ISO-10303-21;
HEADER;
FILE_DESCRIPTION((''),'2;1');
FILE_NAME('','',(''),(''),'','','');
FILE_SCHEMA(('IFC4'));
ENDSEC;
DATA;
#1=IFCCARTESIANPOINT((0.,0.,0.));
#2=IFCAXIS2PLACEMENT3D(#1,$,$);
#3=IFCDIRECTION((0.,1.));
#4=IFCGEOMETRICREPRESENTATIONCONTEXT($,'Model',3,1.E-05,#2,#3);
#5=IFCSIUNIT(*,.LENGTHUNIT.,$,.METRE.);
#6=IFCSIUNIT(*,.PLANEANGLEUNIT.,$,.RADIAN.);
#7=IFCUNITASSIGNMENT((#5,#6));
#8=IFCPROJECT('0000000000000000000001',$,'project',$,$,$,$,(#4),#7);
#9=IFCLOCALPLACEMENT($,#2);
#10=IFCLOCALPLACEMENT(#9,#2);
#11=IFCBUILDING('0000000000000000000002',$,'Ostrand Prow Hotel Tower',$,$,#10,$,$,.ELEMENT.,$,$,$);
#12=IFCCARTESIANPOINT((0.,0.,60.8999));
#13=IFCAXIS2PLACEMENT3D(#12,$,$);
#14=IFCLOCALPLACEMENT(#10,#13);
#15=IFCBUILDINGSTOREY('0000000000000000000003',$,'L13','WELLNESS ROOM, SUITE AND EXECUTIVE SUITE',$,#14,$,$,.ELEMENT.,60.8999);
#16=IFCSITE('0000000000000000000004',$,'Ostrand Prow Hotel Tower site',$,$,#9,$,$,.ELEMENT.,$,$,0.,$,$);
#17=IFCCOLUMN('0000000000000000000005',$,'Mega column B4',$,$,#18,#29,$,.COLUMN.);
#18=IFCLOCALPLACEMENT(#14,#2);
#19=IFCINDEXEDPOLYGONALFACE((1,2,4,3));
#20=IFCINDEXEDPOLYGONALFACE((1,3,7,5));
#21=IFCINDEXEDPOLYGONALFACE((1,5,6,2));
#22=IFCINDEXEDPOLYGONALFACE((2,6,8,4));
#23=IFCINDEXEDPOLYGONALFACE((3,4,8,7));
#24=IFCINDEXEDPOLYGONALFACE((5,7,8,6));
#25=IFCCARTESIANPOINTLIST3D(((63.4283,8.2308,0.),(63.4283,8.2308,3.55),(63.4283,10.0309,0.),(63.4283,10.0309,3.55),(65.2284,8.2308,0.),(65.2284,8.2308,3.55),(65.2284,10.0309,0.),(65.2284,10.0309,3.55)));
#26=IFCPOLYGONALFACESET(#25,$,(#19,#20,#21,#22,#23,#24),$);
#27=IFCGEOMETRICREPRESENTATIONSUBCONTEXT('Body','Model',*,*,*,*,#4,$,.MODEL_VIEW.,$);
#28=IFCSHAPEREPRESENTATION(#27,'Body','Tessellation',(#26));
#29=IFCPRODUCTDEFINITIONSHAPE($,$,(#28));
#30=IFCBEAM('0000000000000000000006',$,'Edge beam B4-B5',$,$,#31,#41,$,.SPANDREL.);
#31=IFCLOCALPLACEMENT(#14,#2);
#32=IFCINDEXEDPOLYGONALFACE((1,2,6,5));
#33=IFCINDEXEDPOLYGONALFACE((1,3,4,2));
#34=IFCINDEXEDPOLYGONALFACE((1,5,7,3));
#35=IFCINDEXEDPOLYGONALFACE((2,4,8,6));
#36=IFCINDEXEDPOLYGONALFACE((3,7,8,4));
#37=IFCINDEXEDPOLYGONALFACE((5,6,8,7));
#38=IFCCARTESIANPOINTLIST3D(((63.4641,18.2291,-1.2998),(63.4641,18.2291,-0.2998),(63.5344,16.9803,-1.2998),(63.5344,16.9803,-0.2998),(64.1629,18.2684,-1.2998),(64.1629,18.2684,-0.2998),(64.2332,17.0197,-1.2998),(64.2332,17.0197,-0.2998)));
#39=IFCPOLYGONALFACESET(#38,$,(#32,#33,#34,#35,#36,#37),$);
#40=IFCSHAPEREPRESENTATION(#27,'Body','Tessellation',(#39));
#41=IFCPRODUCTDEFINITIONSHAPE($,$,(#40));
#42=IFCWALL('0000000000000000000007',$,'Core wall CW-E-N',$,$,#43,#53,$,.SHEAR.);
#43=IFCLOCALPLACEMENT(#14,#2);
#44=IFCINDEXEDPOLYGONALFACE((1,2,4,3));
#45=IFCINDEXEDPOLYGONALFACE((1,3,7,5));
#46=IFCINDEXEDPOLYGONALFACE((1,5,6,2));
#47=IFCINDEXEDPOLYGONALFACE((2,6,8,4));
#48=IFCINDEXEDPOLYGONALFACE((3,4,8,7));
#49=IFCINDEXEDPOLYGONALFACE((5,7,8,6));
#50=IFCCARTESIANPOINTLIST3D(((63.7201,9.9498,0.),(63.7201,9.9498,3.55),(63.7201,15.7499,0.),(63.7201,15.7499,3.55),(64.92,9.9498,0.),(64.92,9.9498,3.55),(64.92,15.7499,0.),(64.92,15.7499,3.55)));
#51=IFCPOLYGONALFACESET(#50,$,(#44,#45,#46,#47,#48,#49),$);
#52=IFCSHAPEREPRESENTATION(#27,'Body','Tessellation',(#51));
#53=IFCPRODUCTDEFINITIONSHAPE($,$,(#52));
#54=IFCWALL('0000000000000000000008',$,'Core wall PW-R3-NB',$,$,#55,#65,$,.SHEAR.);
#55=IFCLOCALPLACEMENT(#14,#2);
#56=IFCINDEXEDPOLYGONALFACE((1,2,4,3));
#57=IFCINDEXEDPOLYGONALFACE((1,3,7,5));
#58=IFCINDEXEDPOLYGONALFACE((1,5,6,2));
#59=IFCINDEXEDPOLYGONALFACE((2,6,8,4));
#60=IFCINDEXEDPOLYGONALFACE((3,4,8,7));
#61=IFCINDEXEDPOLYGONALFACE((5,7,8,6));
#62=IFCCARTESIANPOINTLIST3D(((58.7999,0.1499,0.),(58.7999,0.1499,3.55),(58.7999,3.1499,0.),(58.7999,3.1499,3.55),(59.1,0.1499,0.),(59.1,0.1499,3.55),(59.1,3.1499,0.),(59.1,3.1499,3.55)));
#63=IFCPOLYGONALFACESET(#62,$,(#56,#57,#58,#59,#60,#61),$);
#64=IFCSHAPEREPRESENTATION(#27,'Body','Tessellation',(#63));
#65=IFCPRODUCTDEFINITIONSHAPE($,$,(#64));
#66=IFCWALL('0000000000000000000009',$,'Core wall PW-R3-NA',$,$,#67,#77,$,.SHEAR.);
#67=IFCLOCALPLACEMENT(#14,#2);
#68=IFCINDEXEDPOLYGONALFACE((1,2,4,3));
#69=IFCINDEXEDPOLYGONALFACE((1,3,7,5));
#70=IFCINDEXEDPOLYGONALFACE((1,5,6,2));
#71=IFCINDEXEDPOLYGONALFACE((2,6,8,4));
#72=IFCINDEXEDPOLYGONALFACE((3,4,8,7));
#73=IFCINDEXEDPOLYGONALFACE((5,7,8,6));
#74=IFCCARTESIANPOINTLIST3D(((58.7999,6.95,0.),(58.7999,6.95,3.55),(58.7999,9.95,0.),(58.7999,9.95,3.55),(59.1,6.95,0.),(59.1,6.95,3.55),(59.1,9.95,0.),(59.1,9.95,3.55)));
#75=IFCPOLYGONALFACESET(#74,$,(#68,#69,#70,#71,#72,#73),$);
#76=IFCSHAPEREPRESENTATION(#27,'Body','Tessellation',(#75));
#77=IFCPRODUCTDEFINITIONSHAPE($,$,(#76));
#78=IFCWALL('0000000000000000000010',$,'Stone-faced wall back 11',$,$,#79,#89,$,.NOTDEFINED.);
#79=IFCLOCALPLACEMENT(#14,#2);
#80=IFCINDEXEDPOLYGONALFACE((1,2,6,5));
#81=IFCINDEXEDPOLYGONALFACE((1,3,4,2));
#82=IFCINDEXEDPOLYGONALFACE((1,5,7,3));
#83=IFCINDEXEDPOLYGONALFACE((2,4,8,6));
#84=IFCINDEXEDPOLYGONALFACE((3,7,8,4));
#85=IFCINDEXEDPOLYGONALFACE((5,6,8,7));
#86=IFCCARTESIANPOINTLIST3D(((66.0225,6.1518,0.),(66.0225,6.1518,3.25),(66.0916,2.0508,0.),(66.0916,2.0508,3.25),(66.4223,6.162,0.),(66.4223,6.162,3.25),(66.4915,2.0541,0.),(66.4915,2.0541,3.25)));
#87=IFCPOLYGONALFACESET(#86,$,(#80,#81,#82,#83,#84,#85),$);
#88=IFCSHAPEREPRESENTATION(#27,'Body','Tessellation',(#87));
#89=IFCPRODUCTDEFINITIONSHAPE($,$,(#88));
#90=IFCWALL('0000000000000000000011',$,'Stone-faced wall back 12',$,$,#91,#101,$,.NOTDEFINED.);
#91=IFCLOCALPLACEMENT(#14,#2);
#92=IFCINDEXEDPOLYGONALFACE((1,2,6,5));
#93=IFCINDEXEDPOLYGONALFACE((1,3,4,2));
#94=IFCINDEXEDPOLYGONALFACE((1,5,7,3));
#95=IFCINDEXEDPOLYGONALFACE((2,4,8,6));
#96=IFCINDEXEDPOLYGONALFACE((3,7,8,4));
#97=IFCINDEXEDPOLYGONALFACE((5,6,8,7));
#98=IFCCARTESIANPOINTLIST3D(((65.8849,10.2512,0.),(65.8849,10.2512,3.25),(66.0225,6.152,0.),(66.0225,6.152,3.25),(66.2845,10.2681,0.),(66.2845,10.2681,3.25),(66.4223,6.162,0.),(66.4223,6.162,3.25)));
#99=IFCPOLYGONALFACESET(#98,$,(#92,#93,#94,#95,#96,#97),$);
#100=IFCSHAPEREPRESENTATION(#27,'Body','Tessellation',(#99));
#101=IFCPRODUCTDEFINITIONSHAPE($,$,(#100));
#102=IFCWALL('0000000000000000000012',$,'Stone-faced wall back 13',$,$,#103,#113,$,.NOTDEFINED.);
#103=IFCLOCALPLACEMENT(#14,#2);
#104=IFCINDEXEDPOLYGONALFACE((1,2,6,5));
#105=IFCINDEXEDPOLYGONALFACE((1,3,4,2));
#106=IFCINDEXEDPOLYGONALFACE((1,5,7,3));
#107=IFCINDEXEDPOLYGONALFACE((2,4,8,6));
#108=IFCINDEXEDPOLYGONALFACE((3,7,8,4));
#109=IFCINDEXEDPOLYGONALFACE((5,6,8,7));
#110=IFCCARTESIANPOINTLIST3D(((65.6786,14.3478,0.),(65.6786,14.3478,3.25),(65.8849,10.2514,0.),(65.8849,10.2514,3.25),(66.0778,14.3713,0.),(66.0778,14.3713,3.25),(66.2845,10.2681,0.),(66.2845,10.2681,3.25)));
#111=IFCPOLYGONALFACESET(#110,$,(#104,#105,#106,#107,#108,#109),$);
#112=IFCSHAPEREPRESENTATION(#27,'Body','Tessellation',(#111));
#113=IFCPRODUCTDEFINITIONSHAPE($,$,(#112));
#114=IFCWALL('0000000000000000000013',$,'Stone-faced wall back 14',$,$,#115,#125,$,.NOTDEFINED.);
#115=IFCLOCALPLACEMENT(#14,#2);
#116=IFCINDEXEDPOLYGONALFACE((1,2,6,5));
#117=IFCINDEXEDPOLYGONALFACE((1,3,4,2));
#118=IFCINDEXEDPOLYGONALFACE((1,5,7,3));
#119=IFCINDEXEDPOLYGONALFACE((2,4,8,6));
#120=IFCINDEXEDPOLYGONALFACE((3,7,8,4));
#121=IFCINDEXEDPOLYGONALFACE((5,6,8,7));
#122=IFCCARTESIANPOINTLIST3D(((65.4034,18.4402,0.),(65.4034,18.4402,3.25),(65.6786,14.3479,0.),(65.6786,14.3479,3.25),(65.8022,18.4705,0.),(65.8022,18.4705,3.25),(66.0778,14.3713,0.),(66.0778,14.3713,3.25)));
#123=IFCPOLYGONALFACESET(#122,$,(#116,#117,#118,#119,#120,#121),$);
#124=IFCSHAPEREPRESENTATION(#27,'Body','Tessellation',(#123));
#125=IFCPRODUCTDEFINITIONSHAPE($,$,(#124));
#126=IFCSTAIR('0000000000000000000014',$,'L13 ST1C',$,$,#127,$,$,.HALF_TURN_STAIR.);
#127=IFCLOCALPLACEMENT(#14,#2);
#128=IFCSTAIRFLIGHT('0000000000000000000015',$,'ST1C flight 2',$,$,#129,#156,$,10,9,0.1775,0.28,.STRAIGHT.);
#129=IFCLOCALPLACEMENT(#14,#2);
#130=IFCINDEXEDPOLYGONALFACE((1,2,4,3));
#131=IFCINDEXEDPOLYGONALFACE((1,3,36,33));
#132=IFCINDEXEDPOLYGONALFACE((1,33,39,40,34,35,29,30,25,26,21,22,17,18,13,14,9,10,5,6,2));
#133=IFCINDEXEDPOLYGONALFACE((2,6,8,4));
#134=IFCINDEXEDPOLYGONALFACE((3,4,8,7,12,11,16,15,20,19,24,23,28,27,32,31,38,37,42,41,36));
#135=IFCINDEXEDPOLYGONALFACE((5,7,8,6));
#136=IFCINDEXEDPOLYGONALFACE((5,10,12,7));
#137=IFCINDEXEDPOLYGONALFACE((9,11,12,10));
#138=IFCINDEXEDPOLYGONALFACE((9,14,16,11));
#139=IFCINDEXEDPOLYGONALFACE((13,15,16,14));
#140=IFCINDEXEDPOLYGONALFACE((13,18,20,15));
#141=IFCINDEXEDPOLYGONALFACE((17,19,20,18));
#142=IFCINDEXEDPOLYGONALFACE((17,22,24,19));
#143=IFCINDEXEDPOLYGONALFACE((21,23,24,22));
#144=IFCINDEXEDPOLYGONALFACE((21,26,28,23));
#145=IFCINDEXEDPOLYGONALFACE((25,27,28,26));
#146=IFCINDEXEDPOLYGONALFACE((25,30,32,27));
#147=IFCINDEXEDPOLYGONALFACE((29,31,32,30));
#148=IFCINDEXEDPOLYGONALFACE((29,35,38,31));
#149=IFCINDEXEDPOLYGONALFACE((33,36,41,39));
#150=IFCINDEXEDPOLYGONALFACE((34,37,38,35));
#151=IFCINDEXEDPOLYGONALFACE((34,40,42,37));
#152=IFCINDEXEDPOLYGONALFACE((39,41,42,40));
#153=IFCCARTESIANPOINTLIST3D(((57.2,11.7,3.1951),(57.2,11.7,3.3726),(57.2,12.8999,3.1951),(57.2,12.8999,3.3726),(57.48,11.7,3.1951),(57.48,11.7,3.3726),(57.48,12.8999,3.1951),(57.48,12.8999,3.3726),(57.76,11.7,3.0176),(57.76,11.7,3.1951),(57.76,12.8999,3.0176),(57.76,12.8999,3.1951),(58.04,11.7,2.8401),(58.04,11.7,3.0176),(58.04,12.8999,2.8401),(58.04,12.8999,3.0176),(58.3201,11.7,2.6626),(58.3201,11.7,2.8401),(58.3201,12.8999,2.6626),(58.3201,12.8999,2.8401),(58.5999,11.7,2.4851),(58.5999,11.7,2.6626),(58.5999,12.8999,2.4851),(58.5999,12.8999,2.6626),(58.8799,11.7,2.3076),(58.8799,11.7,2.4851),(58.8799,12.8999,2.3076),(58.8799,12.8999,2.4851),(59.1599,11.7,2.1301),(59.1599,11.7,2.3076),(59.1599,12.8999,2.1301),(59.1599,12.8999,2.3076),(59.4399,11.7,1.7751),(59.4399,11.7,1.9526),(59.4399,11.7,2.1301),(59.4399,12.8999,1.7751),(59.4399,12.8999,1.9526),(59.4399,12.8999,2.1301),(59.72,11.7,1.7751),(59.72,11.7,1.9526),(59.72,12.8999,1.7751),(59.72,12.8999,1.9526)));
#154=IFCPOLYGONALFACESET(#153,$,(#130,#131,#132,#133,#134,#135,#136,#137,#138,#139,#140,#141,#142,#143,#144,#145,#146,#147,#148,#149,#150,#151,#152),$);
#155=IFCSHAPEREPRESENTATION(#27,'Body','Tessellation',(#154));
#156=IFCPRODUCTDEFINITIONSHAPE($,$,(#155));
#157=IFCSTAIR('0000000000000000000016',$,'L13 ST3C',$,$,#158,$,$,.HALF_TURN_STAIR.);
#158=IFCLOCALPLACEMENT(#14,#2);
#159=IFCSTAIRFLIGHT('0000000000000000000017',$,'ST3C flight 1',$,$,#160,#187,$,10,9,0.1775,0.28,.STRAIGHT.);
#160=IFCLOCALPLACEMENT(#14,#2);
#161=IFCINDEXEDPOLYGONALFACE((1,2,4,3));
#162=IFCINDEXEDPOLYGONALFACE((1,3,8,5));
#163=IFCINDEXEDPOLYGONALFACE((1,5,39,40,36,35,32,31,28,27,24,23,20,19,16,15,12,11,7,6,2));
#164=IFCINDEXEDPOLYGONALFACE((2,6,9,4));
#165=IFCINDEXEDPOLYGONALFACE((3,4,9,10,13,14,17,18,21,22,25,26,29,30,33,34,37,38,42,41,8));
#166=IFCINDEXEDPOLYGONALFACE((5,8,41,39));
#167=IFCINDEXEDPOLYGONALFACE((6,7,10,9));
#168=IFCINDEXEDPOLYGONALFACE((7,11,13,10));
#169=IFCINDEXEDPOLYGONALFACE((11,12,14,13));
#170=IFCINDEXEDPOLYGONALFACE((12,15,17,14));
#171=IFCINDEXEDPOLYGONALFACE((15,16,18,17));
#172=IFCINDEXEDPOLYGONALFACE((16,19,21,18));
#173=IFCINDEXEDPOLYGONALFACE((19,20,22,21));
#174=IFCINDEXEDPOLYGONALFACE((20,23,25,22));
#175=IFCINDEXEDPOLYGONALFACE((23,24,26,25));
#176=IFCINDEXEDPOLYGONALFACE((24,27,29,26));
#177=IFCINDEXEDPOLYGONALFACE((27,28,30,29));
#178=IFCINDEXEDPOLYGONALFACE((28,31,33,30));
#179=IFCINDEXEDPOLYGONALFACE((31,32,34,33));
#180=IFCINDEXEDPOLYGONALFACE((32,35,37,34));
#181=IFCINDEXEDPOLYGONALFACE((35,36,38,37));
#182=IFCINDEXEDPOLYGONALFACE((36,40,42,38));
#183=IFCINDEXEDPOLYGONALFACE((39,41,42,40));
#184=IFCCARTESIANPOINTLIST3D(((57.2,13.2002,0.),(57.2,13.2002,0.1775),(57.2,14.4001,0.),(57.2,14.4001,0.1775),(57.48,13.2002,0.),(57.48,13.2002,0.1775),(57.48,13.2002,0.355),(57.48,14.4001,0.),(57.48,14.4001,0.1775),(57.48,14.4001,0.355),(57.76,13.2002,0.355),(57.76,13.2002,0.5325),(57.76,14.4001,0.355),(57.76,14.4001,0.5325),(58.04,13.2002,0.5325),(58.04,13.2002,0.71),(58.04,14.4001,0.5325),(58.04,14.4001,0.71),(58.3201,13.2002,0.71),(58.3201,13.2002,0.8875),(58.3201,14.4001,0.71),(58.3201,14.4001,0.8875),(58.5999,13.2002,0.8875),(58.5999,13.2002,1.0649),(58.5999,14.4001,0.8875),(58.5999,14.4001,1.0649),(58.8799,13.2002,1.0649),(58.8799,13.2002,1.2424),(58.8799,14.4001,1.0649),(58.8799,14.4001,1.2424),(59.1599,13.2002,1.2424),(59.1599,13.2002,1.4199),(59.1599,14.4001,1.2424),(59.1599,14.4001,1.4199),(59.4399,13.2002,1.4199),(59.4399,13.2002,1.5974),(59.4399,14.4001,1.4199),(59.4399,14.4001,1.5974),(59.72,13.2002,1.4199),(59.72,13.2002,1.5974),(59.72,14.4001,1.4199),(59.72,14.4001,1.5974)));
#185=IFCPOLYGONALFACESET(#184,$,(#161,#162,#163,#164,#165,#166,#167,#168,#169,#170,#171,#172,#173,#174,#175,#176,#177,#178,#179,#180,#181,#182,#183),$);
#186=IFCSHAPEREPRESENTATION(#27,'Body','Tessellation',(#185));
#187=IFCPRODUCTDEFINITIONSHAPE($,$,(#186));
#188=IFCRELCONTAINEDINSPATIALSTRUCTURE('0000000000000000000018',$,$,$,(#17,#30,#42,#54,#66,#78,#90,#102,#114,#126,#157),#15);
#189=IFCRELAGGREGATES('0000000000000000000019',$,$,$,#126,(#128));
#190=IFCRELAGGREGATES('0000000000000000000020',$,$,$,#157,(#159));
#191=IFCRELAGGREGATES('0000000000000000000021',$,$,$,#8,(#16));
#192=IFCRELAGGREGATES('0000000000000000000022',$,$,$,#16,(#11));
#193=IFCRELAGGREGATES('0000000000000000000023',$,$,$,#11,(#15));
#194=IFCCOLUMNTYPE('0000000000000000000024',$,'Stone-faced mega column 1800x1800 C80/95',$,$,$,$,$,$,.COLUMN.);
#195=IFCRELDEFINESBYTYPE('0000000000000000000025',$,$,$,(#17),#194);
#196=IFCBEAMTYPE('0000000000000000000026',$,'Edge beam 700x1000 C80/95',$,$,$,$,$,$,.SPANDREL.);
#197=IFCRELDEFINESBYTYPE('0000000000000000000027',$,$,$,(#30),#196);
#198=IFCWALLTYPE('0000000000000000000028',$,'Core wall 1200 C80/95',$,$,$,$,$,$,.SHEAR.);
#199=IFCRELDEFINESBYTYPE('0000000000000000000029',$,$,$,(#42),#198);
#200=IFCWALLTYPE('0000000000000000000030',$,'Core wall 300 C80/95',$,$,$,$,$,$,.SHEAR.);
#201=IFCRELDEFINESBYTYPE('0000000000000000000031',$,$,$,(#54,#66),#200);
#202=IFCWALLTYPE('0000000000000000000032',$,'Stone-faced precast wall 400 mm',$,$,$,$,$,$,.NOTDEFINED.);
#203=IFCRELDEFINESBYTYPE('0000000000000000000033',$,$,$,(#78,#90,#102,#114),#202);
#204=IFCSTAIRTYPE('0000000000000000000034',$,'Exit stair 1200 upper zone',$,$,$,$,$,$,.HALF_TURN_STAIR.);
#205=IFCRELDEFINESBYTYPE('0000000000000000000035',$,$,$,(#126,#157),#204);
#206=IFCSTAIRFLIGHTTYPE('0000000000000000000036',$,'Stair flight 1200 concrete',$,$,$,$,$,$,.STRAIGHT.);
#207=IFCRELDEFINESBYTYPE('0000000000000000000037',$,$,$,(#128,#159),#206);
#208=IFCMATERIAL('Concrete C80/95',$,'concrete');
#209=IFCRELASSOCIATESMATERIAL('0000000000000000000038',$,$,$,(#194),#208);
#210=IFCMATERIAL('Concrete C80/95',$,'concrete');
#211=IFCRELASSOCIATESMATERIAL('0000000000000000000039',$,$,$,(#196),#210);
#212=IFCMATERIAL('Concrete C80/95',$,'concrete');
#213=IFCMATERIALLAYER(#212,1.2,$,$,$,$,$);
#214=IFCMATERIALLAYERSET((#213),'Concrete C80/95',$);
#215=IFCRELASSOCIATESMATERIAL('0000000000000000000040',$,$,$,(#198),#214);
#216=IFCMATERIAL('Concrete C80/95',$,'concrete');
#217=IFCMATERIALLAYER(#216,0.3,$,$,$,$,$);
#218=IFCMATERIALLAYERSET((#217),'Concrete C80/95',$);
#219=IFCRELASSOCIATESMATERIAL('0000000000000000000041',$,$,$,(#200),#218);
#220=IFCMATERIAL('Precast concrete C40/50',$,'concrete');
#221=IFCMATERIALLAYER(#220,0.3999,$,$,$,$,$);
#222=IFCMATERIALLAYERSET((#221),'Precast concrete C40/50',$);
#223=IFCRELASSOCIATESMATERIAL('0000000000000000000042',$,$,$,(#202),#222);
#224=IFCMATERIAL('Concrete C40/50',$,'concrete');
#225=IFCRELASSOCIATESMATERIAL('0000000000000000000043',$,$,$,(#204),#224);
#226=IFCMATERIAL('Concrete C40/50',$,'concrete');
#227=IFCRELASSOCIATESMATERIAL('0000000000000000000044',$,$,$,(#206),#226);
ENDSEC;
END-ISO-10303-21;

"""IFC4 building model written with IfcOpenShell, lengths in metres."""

from ifc_helpers import new_model, si_unit, direction, frame, frame_2d, origin, origin_2d, place, context, subcontext, project, spatial, polyline, rectangle, outline, extrude, material, layer, layer_set, material_profile, profile_set, type_object, element, aggregate, save


model = new_model("IFC4")

# Units and contexts
model_context = context("Model", 3, precision=1e-05, world=origin(), true_north=direction((0.0, 1.0)))
body_context = subcontext(model_context, "Body", "Model", "MODEL_VIEW")
ifc_project = project(units=[si_unit("LENGTHUNIT", "METRE"), si_unit("PLANEANGLEUNIT", "RADIAN")], contexts=[model_context])

# Site, building, storey
site_placement = place(None, origin())
site = spatial("IfcSite", under=ifc_project, at=site_placement, Name="Ostrand Prow Hotel Tower site", CompositionType="ELEMENT", RefElevation=0.0)
building_placement = place(site_placement, origin())
building = spatial("IfcBuilding", under=site, at=building_placement, Name="Ostrand Prow Hotel Tower", CompositionType="ELEMENT")
storey_placement = place(building_placement, frame((0.0, 0.0, 60.8999)))
storey = spatial("IfcBuildingStorey", under=building, at=storey_placement, Name="L13", Description="WELLNESS ROOM, SUITE AND EXECUTIVE SUITE", CompositionType="ELEMENT", Elevation=60.8999)

# Column
ifc_material_1 = material(Name="Concrete C80/95", Category="concrete")
ifc_material_profile_1 = material_profile(ifc_material_1, rectangle(XDim=1.8, YDim=1.8, at=origin_2d()), Name="RC 1800x1800")
ifc_profile_set_1 = profile_set([ifc_material_profile_1], Name="Concrete C80/95")
column_type = type_object("IfcColumnType", Name="Stone-faced mega column 1800x1800 C80/95", PredefinedType="COLUMN", material=ifc_profile_set_1)
column_placement = place(storey_placement, frame((64.3284, 9.1309, 0.0), z_axis=(0.0, 0.0, 1.0), x_axis=(1.0, 0.0, 0.0)))
element("IfcColumn", 1, at=column_placement, inside=storey, type_object=column_type, Name="Mega column B4", PredefinedType="COLUMN", context=body_context, shape_type="SweptSolid", body=[
    extrude(rectangle(XDim=1.8, YDim=1.8, at=origin_2d()), origin(), (0.0, 0.0, 1.0), 3.55),
])

# Beam
ifc_material_2 = material(Name="Concrete C80/95", Category="concrete")
ifc_material_profile_2 = material_profile(ifc_material_2, rectangle(XDim=0.7, YDim=1.0, at=origin_2d()), Name="RC 700x1000")
ifc_profile_set_2 = profile_set([ifc_material_profile_2], Name="Concrete C80/95")
beam_type = type_object("IfcBeamType", Name="Edge beam 700x1000 C80/95", PredefinedType="SPANDREL", material=ifc_profile_set_2)
beam_placement = place(storey_placement, frame((63.8838, 17.0, -0.7998), z_axis=(-0.056216, 0.998419, 0.0), x_axis=(-0.998419, -0.056216, 0.0)))
element("IfcBeam", 2, at=beam_placement, inside=storey, type_object=beam_type, Name="Edge beam B4-B5", PredefinedType="SPANDREL", context=body_context, shape_type="SweptSolid", body=[
    extrude(rectangle(XDim=0.7, YDim=1.0, at=origin_2d()), origin(), (0.0, 0.0, 1.0), 1.2507),
])

# Walls
ifc_material_3 = material(Name="Concrete C80/95", Category="concrete")
ifc_layer_1 = layer(ifc_material_3, 1.2)
ifc_layer_set_1 = layer_set([ifc_layer_1], Name="Concrete C80/95")
wall_type_1 = type_object("IfcWallType", Name="Core wall 1200 C80/95", PredefinedType="SHEAR", material=ifc_layer_set_1)
wall_placement = place(storey_placement, frame((64.3201, 9.95, 0.0), z_axis=(0.0, 0.0, 1.0), x_axis=(0.0, 1.0, 0.0)))
element("IfcWall", 3, at=wall_placement, inside=storey, type_object=wall_type_1, Name="Core wall CW-E-N", PredefinedType="SHEAR", context=body_context, shape_type="SweptSolid", body=[
    extrude(rectangle(XDim=5.8, YDim=1.2, at=frame_2d((2.8999, 0.0))), origin(), (0.0, 0.0, 1.0), 3.55),
])
ifc_material_4 = material(Name="Concrete C80/95", Category="concrete")
ifc_layer_2 = layer(ifc_material_4, 0.3)
ifc_layer_set_2 = layer_set([ifc_layer_2], Name="Concrete C80/95")
wall_type_2 = type_object("IfcWallType", Name="Core wall 300 C80/95", PredefinedType="SHEAR", material=ifc_layer_set_2)
for number, where, z_axis, x_axis, name in (
    (4, (58.95, 0.1499, 0.0), (0.0, 0.0, 1.0), (0.0, 1.0, 0.0), "Core wall PW-R3-NB"),
    (5, (58.95, 6.95, 0.0), (0.0, 0.0, 1.0), (0.0, 1.0, 0.0), "Core wall PW-R3-NA"),
):
    element("IfcWall", number, at=place(storey_placement, frame(where, z_axis=z_axis, x_axis=x_axis)), inside=storey, type_object=wall_type_2, Name=name, PredefinedType="SHEAR", context=body_context, shape_type="SweptSolid", body=[
        extrude(rectangle(XDim=3.0, YDim=0.3, at=frame_2d((1.5, 0.0))), origin(), (0.0, 0.0, 1.0), 3.55),
    ])
ifc_material_5 = material(Name="Precast concrete C40/50", Category="concrete")
ifc_layer_3 = layer(ifc_material_5, 0.3999)
ifc_layer_set_3 = layer_set([ifc_layer_3], Name="Precast concrete C40/50")
wall_type_3 = type_object("IfcWallType", Name="Stone-faced precast wall 400 mm", PredefinedType="NOTDEFINED", material=ifc_layer_set_3)
for number, where, z_axis, x_axis, name in (
    (6, (66.2915, 2.0525, 0.0), (0.0, 0.0, 1.0), (-0.016831, 0.999858, 0.0), "Stone-faced wall back 11"),
    (7, (66.2224, 6.157, 0.0), (0.0, 0.0, 1.0), (-0.033543, 0.999437, 0.0), "Stone-faced wall back 12"),
    (8, (66.0847, 10.2598, 0.0), (0.0, 0.0, 1.0), (-0.050314, 0.998733, 0.0), "Stone-faced wall back 13"),
    (9, (65.8782, 14.3596, 0.0), (0.0, 0.0, 1.0), (-0.067087, 0.997747, 0.0), "Stone-faced wall back 14"),
):
    element("IfcWall", number, at=place(storey_placement, frame(where, z_axis=z_axis, x_axis=x_axis)), inside=storey, type_object=wall_type_3, Name=name, PredefinedType="NOTDEFINED", context=body_context, shape_type="SweptSolid", body=[
        extrude(outline(polyline([(-0.0017, -0.2), (4.1067, -0.2), (4.1033, 0.2), (0.0017, 0.2), (-0.0017, -0.2)])), origin(), (0.0, 0.0, 1.0), 3.25),
    ])

# Stair, stair flight
ifc_material_6 = material(Name="Concrete C40/50", Category="concrete")
stair_type = type_object("IfcStairType", Name="Exit stair 1200 upper zone", PredefinedType="HALF_TURN_STAIR", material=ifc_material_6)
stair_1_placement = place(storey_placement, origin())
stair_1 = element("IfcStair", 10, at=stair_1_placement, inside=storey, type_object=stair_type, Name="L13 ST1C", PredefinedType="HALF_TURN_STAIR")
ifc_material_7 = material(Name="Concrete C40/50", Category="concrete")
stair_flight_type = type_object("IfcStairFlightType", Name="Stair flight 1200 concrete", PredefinedType="STRAIGHT", material=ifc_material_7)
stair_flight_1_placement = place(storey_placement, frame((59.72, 12.3, 1.7751), z_axis=(0.0, 0.0, 1.0), x_axis=(-1.0, 0.0, 0.0)))
stair_flight_1 = element("IfcStairFlight", 11, at=stair_flight_1_placement, type_object=stair_flight_type, Name="ST1C flight 2", NumberOfRisers=10, NumberOfTreads=9, PredefinedType="STRAIGHT", RiserHeight=0.1775, TreadLength=0.28, context=body_context, shape_type="SweptSolid", body=[
    extrude(outline(polyline([(0.0, 0.0), (0.0, 0.1775), (0.28, 0.1775), (0.28, 0.355), (0.5601, 0.355), (0.5601, 0.5325), (0.8401, 0.5325), (0.8401, 0.71), (1.1201, 0.71), (1.1201, 0.8875), (1.3999, 0.8875), (1.3999, 1.0649), (1.6799, 1.0649), (1.6799, 1.2424), (1.96, 1.2424), (1.96, 1.4199), (2.24, 1.4199), (2.24, 1.5974), (2.52, 1.5974), (2.52, 1.7749), (2.52, 1.4199), (0.28, 0.0), (0.0, 0.0)])), frame((0.0, 0.6001, 0.0), z_axis=(0.0, -1.0, 0.0), x_axis=(1.0, 0.0, 0.0)), (0.0, 0.0, 1.0), 1.2),
])
aggregate(stair_1, [stair_flight_1])

# Stair, stair flight
stair_2_placement = place(storey_placement, origin())
stair_2 = element("IfcStair", 12, at=stair_2_placement, inside=storey, type_object=stair_type, Name="L13 ST3C", PredefinedType="HALF_TURN_STAIR")
stair_flight_2_placement = place(storey_placement, frame((57.2, 13.8, 0.0), z_axis=(0.0, 0.0, 1.0), x_axis=(1.0, 0.0, 0.0)))
stair_flight_2 = element("IfcStairFlight", 13, at=stair_flight_2_placement, type_object=stair_flight_type, Name="ST3C flight 1", NumberOfRisers=10, NumberOfTreads=9, PredefinedType="STRAIGHT", RiserHeight=0.1775, TreadLength=0.28, context=body_context, shape_type="SweptSolid", body=[
    extrude(outline(polyline([(0.0, 0.0), (0.0, 0.1775), (0.28, 0.1775), (0.28, 0.355), (0.5601, 0.355), (0.5601, 0.5325), (0.8401, 0.5325), (0.8401, 0.71), (1.1201, 0.71), (1.1201, 0.8875), (1.3999, 0.8875), (1.3999, 1.0649), (1.6799, 1.0649), (1.6799, 1.2424), (1.96, 1.2424), (1.96, 1.4199), (2.24, 1.4199), (2.24, 1.5974), (2.52, 1.5974), (2.52, 1.7749), (2.52, 1.4199), (0.28, 0.0), (0.0, 0.0)])), frame((0.0, 0.6001, 0.0), z_axis=(0.0, -1.0, 0.0), x_axis=(1.0, 0.0, 0.0)), (0.0, 0.0, 1.0), 1.2),
])
aggregate(stair_2, [stair_flight_2])

save(model, "model.ifc")
